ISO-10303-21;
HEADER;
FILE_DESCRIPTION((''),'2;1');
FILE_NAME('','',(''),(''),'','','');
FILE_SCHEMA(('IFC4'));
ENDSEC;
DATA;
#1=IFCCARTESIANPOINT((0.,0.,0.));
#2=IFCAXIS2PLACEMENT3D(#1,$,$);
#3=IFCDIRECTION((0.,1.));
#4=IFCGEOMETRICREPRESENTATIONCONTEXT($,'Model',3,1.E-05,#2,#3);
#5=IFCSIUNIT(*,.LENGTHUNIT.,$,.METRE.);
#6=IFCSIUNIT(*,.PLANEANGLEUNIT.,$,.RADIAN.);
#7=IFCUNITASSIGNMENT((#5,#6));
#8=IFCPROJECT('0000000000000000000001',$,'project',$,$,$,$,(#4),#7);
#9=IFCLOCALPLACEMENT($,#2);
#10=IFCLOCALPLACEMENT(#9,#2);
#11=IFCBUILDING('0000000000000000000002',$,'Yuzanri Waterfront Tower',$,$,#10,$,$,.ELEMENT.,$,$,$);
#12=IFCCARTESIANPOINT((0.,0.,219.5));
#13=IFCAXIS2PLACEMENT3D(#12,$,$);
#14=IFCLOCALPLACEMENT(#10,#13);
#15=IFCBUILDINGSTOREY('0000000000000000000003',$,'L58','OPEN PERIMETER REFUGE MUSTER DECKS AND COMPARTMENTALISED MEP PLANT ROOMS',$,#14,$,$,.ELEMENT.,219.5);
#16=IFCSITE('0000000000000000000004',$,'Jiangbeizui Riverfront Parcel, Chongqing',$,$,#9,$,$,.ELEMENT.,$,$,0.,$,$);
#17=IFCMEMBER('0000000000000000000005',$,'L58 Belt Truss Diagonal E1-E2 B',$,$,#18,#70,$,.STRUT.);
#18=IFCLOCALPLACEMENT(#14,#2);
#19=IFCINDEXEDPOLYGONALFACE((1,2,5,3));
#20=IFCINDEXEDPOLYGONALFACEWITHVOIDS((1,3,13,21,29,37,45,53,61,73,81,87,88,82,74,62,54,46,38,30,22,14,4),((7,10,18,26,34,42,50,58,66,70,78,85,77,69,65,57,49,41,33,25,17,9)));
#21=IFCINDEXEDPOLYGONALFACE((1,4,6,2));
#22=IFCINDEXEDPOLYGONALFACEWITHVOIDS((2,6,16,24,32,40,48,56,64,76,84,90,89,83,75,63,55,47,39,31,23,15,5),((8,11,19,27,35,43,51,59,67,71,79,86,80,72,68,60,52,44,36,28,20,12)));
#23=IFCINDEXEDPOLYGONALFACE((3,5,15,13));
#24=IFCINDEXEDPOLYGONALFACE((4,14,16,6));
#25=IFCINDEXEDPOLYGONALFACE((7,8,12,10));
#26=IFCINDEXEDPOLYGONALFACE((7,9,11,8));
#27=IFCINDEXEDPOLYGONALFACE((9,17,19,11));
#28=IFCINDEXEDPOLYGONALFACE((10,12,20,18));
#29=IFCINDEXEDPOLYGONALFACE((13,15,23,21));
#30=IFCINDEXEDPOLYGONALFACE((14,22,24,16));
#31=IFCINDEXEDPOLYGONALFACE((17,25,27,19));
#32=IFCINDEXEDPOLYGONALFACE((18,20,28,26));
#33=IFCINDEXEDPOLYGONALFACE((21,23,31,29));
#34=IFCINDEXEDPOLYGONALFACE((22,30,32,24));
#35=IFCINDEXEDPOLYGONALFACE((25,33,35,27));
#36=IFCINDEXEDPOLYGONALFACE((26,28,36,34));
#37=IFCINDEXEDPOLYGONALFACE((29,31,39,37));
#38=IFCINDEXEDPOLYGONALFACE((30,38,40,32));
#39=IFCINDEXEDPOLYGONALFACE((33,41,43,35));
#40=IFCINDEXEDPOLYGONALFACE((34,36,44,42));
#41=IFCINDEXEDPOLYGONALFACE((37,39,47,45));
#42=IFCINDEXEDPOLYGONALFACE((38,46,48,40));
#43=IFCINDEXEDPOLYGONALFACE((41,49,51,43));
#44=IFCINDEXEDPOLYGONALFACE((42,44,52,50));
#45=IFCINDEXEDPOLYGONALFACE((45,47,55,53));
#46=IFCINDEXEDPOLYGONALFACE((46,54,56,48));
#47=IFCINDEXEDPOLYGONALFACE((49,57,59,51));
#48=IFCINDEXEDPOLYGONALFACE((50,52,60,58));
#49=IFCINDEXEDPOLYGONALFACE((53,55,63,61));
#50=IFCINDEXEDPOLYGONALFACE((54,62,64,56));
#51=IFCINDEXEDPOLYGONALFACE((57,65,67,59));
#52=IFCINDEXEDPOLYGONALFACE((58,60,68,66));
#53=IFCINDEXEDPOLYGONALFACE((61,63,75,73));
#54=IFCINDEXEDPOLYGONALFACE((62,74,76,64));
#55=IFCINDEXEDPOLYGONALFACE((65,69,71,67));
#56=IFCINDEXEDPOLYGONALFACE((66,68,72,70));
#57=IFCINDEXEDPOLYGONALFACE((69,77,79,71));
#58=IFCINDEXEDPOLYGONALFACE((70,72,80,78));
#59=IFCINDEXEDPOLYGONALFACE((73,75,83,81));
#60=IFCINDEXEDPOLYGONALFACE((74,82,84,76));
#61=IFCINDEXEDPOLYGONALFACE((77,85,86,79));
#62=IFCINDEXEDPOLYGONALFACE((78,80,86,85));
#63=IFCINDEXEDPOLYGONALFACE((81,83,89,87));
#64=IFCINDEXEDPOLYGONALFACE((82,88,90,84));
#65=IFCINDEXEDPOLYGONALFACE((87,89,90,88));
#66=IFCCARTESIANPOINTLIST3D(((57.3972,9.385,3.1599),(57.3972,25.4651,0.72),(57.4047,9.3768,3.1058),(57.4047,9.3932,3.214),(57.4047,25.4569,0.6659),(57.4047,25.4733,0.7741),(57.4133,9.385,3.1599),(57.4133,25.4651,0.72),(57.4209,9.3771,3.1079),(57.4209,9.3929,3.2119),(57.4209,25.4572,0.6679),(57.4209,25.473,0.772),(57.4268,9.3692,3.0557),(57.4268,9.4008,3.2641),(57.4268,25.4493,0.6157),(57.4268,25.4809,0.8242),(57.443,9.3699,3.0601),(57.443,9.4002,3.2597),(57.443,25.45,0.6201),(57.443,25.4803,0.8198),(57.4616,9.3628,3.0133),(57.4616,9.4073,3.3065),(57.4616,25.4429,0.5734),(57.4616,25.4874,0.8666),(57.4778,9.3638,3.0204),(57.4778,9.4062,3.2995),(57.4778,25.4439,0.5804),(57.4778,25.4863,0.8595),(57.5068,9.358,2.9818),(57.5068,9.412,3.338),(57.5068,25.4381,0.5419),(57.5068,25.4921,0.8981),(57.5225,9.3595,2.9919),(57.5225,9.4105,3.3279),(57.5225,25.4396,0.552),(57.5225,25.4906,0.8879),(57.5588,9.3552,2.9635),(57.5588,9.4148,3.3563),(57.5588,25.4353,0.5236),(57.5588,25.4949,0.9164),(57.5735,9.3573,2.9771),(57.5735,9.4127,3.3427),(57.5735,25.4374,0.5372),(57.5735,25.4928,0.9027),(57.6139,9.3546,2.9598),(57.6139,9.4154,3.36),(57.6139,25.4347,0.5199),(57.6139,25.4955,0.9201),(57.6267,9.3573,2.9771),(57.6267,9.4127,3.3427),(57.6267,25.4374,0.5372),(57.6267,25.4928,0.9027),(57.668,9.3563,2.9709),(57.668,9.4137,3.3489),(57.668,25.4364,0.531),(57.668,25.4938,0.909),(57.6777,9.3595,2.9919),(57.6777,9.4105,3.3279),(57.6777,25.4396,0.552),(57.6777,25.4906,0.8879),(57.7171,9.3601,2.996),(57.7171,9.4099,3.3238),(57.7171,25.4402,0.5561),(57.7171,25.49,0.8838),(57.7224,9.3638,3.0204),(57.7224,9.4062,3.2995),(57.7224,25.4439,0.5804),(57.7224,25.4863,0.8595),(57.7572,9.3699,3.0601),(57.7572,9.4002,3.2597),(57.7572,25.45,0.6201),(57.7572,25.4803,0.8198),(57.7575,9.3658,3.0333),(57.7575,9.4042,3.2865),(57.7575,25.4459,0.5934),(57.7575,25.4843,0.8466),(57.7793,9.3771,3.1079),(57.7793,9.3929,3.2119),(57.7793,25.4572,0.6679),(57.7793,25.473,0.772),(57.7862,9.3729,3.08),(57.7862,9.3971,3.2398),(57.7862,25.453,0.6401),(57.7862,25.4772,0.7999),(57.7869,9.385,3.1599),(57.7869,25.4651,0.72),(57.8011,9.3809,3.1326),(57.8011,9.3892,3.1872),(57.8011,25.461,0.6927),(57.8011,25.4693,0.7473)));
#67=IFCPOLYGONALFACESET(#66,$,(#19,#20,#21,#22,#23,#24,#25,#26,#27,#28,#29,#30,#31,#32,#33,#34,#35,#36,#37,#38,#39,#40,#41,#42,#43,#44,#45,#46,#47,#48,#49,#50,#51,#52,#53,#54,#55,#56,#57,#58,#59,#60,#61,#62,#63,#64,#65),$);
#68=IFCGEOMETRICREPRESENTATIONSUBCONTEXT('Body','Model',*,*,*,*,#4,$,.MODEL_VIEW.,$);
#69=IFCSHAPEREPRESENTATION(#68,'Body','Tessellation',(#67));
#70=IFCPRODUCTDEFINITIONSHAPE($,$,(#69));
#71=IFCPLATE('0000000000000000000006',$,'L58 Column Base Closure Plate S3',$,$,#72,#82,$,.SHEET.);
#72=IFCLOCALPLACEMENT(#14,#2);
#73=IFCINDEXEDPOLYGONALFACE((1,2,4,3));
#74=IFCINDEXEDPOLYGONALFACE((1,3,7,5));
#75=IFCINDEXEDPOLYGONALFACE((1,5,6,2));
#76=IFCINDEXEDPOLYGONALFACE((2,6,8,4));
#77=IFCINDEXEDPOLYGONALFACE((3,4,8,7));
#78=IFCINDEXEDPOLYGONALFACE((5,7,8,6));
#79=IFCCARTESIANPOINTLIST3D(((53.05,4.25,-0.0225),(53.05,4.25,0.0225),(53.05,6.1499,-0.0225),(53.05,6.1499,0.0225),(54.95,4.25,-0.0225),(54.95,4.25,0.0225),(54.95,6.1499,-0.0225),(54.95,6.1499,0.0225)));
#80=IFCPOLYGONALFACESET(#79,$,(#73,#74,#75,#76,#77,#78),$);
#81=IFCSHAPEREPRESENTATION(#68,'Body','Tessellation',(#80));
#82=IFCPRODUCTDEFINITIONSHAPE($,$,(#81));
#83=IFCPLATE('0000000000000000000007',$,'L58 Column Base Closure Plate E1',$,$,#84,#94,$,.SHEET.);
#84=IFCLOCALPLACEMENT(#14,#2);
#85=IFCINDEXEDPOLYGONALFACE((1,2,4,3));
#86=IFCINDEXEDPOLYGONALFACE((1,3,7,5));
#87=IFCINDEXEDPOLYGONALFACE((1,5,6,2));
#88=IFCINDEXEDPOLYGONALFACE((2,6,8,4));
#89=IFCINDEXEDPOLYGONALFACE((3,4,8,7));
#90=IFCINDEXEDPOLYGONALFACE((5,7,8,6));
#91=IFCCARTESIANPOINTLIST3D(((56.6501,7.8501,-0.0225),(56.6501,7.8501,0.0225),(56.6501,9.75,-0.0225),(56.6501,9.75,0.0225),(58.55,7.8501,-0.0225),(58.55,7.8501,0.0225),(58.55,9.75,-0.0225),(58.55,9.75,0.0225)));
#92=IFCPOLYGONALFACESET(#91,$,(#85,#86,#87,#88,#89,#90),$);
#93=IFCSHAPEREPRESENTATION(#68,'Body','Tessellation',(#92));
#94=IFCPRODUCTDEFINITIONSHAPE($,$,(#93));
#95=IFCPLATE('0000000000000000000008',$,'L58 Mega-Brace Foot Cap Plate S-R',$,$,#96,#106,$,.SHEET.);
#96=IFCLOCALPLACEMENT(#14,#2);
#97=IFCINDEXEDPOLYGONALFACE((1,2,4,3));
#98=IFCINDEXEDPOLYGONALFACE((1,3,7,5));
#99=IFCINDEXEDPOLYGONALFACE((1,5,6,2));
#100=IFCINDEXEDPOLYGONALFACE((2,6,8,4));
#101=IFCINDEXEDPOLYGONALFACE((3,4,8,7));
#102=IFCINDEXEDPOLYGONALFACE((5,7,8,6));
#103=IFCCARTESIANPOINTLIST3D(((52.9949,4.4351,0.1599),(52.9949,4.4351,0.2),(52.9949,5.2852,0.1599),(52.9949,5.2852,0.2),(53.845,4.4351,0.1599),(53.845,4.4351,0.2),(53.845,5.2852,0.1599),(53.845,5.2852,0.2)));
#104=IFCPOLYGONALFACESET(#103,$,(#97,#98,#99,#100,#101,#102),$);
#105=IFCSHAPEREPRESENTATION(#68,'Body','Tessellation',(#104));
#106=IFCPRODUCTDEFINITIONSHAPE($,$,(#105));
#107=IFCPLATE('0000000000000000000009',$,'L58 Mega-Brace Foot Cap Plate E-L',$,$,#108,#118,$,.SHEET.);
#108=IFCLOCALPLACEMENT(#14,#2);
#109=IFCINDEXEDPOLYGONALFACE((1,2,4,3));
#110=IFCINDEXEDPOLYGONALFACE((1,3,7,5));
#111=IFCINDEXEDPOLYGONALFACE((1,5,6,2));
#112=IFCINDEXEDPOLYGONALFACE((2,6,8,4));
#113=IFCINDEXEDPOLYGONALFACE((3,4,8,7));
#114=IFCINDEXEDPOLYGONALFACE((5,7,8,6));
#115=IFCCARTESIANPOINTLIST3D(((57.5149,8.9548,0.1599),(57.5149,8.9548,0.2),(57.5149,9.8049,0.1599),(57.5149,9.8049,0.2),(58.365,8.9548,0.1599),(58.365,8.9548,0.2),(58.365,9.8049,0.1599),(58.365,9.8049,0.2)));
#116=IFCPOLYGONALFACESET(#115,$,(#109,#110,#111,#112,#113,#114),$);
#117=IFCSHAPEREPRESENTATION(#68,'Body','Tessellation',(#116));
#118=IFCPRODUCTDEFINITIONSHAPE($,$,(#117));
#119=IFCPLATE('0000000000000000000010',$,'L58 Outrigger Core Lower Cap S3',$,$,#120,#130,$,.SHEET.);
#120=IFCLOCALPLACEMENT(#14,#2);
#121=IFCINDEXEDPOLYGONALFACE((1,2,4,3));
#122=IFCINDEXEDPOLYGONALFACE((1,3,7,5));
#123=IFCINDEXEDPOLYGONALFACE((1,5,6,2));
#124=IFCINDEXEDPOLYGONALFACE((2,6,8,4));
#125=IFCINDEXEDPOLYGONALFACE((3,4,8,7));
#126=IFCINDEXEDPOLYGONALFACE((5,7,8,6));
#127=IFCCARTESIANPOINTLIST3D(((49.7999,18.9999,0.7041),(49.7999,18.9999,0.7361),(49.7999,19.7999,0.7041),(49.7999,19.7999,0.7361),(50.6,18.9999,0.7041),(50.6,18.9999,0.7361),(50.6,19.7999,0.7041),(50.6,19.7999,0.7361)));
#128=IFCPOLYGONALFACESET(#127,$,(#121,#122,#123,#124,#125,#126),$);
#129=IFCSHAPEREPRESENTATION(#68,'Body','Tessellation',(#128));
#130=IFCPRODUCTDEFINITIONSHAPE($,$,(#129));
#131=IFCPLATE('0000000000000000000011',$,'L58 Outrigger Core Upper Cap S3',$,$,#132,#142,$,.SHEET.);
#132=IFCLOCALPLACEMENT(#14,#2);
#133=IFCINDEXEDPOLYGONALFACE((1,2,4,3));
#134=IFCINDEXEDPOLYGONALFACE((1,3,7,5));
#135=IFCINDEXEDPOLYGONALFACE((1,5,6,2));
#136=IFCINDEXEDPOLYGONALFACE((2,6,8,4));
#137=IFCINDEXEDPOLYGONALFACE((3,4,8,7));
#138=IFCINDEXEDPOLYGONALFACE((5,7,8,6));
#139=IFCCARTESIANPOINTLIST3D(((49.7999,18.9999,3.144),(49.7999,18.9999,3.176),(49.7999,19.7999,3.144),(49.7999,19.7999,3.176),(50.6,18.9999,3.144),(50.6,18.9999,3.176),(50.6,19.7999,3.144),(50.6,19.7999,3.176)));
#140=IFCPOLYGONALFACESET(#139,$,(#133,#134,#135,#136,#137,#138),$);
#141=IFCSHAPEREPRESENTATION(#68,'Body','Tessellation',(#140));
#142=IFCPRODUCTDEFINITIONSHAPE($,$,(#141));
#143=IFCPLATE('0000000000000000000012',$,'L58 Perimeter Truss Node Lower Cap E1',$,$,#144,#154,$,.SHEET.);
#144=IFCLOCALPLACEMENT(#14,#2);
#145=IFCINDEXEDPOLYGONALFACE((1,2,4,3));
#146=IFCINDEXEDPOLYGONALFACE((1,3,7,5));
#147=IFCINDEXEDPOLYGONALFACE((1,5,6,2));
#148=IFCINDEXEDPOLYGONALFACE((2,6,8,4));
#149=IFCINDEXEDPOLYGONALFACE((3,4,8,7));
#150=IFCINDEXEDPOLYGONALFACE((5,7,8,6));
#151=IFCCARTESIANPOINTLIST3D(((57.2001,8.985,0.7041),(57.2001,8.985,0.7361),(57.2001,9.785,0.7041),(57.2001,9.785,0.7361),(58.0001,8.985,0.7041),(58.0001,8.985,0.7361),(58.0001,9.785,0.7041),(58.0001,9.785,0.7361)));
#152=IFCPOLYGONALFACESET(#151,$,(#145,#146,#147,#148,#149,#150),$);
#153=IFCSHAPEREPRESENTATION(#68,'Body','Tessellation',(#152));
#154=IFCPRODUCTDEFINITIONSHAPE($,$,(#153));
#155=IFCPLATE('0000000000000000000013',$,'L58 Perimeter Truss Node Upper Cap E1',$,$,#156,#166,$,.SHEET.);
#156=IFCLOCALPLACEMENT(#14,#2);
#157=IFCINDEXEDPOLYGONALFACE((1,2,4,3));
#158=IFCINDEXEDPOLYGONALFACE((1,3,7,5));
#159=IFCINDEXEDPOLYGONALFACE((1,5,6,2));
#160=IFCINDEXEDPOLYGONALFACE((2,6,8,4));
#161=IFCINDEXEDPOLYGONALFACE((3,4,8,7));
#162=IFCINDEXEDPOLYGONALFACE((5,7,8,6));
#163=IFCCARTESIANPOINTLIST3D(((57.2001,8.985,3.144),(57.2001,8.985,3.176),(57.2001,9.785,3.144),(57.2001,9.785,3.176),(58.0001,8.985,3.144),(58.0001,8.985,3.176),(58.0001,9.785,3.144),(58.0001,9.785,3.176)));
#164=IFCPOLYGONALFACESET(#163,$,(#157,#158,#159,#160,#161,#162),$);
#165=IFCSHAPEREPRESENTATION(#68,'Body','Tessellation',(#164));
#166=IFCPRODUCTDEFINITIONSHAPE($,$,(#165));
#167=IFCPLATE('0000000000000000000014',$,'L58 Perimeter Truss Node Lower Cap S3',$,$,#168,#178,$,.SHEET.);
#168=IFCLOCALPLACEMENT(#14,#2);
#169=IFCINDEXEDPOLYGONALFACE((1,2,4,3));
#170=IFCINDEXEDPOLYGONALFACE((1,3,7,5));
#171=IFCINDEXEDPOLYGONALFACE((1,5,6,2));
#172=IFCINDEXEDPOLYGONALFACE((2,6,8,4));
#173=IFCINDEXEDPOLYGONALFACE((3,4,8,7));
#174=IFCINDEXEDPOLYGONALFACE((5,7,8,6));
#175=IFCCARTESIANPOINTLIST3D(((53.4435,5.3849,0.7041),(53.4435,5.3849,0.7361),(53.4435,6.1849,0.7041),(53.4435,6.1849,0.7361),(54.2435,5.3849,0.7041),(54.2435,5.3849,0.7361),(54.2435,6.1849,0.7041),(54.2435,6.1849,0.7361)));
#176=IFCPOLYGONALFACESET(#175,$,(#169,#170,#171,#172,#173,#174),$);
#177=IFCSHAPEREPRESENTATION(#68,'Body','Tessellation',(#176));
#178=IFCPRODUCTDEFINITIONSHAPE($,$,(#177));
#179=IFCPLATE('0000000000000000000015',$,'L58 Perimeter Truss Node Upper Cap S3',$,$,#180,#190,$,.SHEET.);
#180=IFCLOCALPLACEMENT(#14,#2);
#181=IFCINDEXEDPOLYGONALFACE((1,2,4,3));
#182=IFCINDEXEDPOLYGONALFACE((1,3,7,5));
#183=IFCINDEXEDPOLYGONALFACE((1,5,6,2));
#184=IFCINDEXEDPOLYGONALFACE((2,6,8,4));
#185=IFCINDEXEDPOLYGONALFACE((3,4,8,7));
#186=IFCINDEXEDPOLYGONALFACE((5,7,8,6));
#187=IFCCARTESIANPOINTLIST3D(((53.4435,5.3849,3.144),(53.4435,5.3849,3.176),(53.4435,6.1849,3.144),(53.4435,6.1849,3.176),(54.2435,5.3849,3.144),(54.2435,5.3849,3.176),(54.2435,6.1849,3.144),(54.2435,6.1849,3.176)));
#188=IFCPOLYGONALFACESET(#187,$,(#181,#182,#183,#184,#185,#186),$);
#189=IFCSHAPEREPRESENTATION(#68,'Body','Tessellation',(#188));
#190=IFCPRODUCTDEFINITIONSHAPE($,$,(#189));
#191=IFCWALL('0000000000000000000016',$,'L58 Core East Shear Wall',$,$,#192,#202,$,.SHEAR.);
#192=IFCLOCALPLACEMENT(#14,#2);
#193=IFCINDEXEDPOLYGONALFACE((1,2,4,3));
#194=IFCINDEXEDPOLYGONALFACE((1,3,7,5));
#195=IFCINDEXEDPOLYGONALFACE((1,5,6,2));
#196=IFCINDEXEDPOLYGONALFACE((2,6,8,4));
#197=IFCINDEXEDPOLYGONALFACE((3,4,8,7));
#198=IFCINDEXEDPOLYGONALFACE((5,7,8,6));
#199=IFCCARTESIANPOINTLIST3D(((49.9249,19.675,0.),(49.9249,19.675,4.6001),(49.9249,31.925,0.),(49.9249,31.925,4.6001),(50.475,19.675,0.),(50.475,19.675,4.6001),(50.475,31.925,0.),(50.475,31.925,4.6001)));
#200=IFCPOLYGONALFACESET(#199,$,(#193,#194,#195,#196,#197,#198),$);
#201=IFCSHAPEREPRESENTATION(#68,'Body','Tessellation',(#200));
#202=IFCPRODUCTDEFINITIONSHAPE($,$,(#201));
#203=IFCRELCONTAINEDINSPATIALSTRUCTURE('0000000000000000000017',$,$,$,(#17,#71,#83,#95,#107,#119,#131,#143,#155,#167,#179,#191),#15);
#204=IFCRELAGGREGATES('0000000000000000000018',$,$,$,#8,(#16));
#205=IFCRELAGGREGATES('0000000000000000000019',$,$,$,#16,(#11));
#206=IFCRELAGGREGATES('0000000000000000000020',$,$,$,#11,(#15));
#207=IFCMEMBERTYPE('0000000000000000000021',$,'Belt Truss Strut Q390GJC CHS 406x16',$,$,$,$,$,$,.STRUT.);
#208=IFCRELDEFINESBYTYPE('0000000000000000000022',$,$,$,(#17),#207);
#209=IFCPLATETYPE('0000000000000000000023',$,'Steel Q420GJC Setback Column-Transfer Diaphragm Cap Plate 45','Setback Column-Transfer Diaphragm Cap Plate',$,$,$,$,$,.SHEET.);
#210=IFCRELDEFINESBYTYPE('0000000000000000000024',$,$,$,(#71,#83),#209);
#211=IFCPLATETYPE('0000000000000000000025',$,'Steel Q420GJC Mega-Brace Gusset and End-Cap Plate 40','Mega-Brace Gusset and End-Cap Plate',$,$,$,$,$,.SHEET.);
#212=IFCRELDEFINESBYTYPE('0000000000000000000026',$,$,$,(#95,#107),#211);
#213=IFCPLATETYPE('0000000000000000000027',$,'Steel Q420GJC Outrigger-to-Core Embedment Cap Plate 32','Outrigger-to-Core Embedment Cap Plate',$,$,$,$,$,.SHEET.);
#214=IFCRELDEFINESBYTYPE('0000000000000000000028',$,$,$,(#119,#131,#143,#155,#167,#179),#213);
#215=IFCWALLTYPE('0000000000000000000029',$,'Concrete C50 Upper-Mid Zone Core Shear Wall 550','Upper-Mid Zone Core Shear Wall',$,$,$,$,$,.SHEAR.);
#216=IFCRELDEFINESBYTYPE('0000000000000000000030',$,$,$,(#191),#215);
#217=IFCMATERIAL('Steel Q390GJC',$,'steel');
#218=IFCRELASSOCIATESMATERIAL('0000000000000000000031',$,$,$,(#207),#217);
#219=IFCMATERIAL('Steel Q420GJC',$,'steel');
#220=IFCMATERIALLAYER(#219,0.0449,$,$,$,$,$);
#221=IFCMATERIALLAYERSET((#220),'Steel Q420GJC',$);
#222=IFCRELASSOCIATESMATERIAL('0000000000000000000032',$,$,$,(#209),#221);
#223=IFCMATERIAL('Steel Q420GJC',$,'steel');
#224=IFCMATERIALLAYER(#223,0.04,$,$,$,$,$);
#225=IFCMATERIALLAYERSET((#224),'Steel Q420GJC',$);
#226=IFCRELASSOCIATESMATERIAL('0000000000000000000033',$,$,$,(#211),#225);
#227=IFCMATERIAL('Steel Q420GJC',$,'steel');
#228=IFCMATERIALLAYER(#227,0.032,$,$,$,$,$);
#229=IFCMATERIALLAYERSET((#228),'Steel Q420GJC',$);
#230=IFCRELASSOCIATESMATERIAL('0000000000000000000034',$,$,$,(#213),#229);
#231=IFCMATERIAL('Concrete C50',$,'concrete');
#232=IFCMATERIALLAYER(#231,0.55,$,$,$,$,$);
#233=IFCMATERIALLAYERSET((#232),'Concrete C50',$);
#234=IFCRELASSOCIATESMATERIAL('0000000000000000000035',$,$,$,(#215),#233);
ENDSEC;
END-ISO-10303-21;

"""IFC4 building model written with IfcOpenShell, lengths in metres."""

from ifc_helpers import new_model, si_unit, direction, frame, frame_2d, origin, origin_2d, place, context, subcontext, project, spatial, rectangle, hollow_circle, extrude, source, transform, mapped, material, layer, layer_set, material_profile, profile_set, type_object, element, save


model = new_model("IFC4")

# Units and contexts
model_context = context("Model", 3, precision=1e-05, world=origin(), true_north=direction((0.0, 1.0)))
body_context = subcontext(model_context, "Body", "Model", "MODEL_VIEW")
ifc_project = project(units=[si_unit("LENGTHUNIT", "METRE"), si_unit("PLANEANGLEUNIT", "RADIAN")], contexts=[model_context])

# Site, building, storey
site_placement = place(None, origin())
site = spatial("IfcSite", under=ifc_project, at=site_placement, Name="Jiangbeizui Riverfront Parcel, Chongqing", CompositionType="ELEMENT", RefElevation=0.0)
building_placement = place(site_placement, origin())
building = spatial("IfcBuilding", under=site, at=building_placement, Name="Yuzanri Waterfront Tower", CompositionType="ELEMENT")
storey_placement = place(building_placement, frame((0.0, 0.0, 219.5)))
storey = spatial("IfcBuildingStorey", under=building, at=storey_placement, Name="L58", Description="OPEN PERIMETER REFUGE MUSTER DECKS AND COMPARTMENTALISED MEP PLANT ROOMS", CompositionType="ELEMENT", Elevation=219.5)

# Member
ifc_material_1 = material(Name="Steel Q390GJC", Category="steel")
ifc_material_profile_1 = material_profile(ifc_material_1, hollow_circle(Radius=0.2029, WallThickness=0.0161, at=origin_2d()), Name="CHS 406x16")
ifc_profile_set_1 = profile_set([ifc_material_profile_1], Name="Steel Q390GJC")
member_type_1 = type_object("IfcMemberType", Name="Belt Truss Strut Q390GJC CHS 406x16", PredefinedType="STRUT", material=ifc_profile_set_1)
shared_shape_1 = source(origin(), body_context, "Body", "SweptSolid", [
    extrude(hollow_circle(Radius=0.2029, WallThickness=0.0161, at=origin_2d()), origin(), (0.0, 0.0, 1.0), 16.2642),
])
for number, where, z_axis, x_axis, name in (
    (1, (57.6001, 9.385, 3.1599), (0.0, 0.988683, -0.15002), (-1.0, 0.0, 0.0), "L58 Belt Truss Diagonal E1-E2 B"),
):
    element("IfcMember", number, at=place(storey_placement, frame(where, z_axis=z_axis, x_axis=x_axis)), inside=storey, type_object=member_type_1, Name=name, PredefinedType="STRUT", context=body_context, shape_type="MappedRepresentation", body=[
        mapped(shared_shape_1, transform((0.0, 0.0, 0.0), scale=1.0)),
    ])

# Plates
ifc_material_2 = material(Name="Steel Q420GJC", Category="steel")
ifc_layer_1 = layer(ifc_material_2, 0.0449)
ifc_layer_set_1 = layer_set([ifc_layer_1], Name="Steel Q420GJC")
plate_type_1 = type_object("IfcPlateType", Name="Steel Q420GJC Setback Column-Transfer Diaphragm Cap Plate 45", Description="Setback Column-Transfer Diaphragm Cap Plate", PredefinedType="SHEET", material=ifc_layer_set_1)
shared_shape_2 = source(origin(), body_context, "Body", "SweptSolid", [
    extrude(rectangle(XDim=1.8999, YDim=1.8999, at=origin_2d()), origin(), (0.0, 0.0, 1.0), 0.0449),
])
for number, where, z_axis, x_axis, name in (
    (2, (54.0, 5.2, -0.0225), (0.0, 0.0, 1.0), (1.0, 0.0, 0.0), "L58 Column Base Closure Plate S3"),
    (3, (57.6001, 8.8, -0.0225), (0.0, 0.0, 1.0), (1.0, 0.0, 0.0), "L58 Column Base Closure Plate E1"),
):
    element("IfcPlate", number, at=place(storey_placement, frame(where, z_axis=z_axis, x_axis=x_axis)), inside=storey, type_object=plate_type_1, Name=name, PredefinedType="SHEET", context=body_context, shape_type="MappedRepresentation", body=[
        mapped(shared_shape_2, transform((0.0, 0.0, 0.0), scale=1.0)),
    ])
ifc_material_3 = material(Name="Steel Q420GJC", Category="steel")
ifc_layer_2 = layer(ifc_material_3, 0.04)
ifc_layer_set_2 = layer_set([ifc_layer_2], Name="Steel Q420GJC")
plate_type_2 = type_object("IfcPlateType", Name="Steel Q420GJC Mega-Brace Gusset and End-Cap Plate 40", Description="Mega-Brace Gusset and End-Cap Plate", PredefinedType="SHEET", material=ifc_layer_set_2)
shared_shape_3 = source(origin(), body_context, "Body", "SweptSolid", [
    extrude(rectangle(XDim=0.8501, YDim=0.8501, at=origin_2d()), origin(), (0.0, 0.0, 1.0), 0.04),
])
for number, where, z_axis, x_axis, name in (
    (4, (53.4199, 4.8601, 0.1599), (0.0, 0.0, 1.0), (1.0, 0.0, 0.0), "L58 Mega-Brace Foot Cap Plate S-R"),
    (5, (57.9399, 9.3799, 0.1599), (0.0, 0.0, 1.0), (1.0, 0.0, 0.0), "L58 Mega-Brace Foot Cap Plate E-L"),
):
    element("IfcPlate", number, at=place(storey_placement, frame(where, z_axis=z_axis, x_axis=x_axis)), inside=storey, type_object=plate_type_2, Name=name, PredefinedType="SHEET", context=body_context, shape_type="MappedRepresentation", body=[
        mapped(shared_shape_3, transform((0.0, 0.0, 0.0), scale=1.0)),
    ])
ifc_material_4 = material(Name="Steel Q420GJC", Category="steel")
ifc_layer_3 = layer(ifc_material_4, 0.032)
ifc_layer_set_3 = layer_set([ifc_layer_3], Name="Steel Q420GJC")
plate_type_3 = type_object("IfcPlateType", Name="Steel Q420GJC Outrigger-to-Core Embedment Cap Plate 32", Description="Outrigger-to-Core Embedment Cap Plate", PredefinedType="SHEET", material=ifc_layer_set_3)
shared_shape_4 = source(origin(), body_context, "Body", "SweptSolid", [
    extrude(rectangle(XDim=0.8, YDim=0.8, at=origin_2d()), origin(), (0.0, 0.0, 1.0), 0.032),
])
for number, where, z_axis, x_axis, name in (
    (6, (50.2, 19.3999, 0.7041), (0.0, 0.0, 1.0), (1.0, 0.0, 0.0), "L58 Outrigger Core Lower Cap S3"),
    (7, (50.2, 19.3999, 3.144), (0.0, 0.0, 1.0), (1.0, 0.0, 0.0), "L58 Outrigger Core Upper Cap S3"),
    (8, (57.6001, 9.385, 0.7041), (0.0, 0.0, 1.0), (1.0, 0.0, 0.0), "L58 Perimeter Truss Node Lower Cap E1"),
    (9, (57.6001, 9.385, 3.144), (0.0, 0.0, 1.0), (1.0, 0.0, 0.0), "L58 Perimeter Truss Node Upper Cap E1"),
    (10, (53.8435, 5.7849, 0.7041), (0.0, 0.0, 1.0), (1.0, 0.0, 0.0), "L58 Perimeter Truss Node Lower Cap S3"),
    (11, (53.8435, 5.7849, 3.144), (0.0, 0.0, 1.0), (1.0, 0.0, 0.0), "L58 Perimeter Truss Node Upper Cap S3"),
):
    element("IfcPlate", number, at=place(storey_placement, frame(where, z_axis=z_axis, x_axis=x_axis)), inside=storey, type_object=plate_type_3, Name=name, PredefinedType="SHEET", context=body_context, shape_type="MappedRepresentation", body=[
        mapped(shared_shape_4, transform((0.0, 0.0, 0.0), scale=1.0)),
    ])

# Wall
ifc_material_5 = material(Name="Concrete C50", Category="concrete")
ifc_layer_4 = layer(ifc_material_5, 0.55)
ifc_layer_set_4 = layer_set([ifc_layer_4], Name="Concrete C50")
wall_type_1 = type_object("IfcWallType", Name="Concrete C50 Upper-Mid Zone Core Shear Wall 550", Description="Upper-Mid Zone Core Shear Wall", PredefinedType="SHEAR", material=ifc_layer_set_4)
shared_shape_5 = source(origin(), body_context, "Body", "SweptSolid", [
    extrude(rectangle(XDim=12.25, YDim=0.55, at=frame_2d((6.125, 0.0))), origin(), (0.0, 0.0, 1.0), 4.6001),
])
wall_placement = place(storey_placement, frame((50.2, 19.675, 0.0), z_axis=(0.0, 0.0, 1.0), x_axis=(0.0, 1.0, 0.0)))
element("IfcWall", 12, at=wall_placement, inside=storey, type_object=wall_type_1, Name="L58 Core East Shear Wall", PredefinedType="SHEAR", context=body_context, shape_type="MappedRepresentation", body=[
    mapped(shared_shape_5, transform((0.0, 0.0, 0.0), scale=1.0)),
])

save(model, "model.ifc")
